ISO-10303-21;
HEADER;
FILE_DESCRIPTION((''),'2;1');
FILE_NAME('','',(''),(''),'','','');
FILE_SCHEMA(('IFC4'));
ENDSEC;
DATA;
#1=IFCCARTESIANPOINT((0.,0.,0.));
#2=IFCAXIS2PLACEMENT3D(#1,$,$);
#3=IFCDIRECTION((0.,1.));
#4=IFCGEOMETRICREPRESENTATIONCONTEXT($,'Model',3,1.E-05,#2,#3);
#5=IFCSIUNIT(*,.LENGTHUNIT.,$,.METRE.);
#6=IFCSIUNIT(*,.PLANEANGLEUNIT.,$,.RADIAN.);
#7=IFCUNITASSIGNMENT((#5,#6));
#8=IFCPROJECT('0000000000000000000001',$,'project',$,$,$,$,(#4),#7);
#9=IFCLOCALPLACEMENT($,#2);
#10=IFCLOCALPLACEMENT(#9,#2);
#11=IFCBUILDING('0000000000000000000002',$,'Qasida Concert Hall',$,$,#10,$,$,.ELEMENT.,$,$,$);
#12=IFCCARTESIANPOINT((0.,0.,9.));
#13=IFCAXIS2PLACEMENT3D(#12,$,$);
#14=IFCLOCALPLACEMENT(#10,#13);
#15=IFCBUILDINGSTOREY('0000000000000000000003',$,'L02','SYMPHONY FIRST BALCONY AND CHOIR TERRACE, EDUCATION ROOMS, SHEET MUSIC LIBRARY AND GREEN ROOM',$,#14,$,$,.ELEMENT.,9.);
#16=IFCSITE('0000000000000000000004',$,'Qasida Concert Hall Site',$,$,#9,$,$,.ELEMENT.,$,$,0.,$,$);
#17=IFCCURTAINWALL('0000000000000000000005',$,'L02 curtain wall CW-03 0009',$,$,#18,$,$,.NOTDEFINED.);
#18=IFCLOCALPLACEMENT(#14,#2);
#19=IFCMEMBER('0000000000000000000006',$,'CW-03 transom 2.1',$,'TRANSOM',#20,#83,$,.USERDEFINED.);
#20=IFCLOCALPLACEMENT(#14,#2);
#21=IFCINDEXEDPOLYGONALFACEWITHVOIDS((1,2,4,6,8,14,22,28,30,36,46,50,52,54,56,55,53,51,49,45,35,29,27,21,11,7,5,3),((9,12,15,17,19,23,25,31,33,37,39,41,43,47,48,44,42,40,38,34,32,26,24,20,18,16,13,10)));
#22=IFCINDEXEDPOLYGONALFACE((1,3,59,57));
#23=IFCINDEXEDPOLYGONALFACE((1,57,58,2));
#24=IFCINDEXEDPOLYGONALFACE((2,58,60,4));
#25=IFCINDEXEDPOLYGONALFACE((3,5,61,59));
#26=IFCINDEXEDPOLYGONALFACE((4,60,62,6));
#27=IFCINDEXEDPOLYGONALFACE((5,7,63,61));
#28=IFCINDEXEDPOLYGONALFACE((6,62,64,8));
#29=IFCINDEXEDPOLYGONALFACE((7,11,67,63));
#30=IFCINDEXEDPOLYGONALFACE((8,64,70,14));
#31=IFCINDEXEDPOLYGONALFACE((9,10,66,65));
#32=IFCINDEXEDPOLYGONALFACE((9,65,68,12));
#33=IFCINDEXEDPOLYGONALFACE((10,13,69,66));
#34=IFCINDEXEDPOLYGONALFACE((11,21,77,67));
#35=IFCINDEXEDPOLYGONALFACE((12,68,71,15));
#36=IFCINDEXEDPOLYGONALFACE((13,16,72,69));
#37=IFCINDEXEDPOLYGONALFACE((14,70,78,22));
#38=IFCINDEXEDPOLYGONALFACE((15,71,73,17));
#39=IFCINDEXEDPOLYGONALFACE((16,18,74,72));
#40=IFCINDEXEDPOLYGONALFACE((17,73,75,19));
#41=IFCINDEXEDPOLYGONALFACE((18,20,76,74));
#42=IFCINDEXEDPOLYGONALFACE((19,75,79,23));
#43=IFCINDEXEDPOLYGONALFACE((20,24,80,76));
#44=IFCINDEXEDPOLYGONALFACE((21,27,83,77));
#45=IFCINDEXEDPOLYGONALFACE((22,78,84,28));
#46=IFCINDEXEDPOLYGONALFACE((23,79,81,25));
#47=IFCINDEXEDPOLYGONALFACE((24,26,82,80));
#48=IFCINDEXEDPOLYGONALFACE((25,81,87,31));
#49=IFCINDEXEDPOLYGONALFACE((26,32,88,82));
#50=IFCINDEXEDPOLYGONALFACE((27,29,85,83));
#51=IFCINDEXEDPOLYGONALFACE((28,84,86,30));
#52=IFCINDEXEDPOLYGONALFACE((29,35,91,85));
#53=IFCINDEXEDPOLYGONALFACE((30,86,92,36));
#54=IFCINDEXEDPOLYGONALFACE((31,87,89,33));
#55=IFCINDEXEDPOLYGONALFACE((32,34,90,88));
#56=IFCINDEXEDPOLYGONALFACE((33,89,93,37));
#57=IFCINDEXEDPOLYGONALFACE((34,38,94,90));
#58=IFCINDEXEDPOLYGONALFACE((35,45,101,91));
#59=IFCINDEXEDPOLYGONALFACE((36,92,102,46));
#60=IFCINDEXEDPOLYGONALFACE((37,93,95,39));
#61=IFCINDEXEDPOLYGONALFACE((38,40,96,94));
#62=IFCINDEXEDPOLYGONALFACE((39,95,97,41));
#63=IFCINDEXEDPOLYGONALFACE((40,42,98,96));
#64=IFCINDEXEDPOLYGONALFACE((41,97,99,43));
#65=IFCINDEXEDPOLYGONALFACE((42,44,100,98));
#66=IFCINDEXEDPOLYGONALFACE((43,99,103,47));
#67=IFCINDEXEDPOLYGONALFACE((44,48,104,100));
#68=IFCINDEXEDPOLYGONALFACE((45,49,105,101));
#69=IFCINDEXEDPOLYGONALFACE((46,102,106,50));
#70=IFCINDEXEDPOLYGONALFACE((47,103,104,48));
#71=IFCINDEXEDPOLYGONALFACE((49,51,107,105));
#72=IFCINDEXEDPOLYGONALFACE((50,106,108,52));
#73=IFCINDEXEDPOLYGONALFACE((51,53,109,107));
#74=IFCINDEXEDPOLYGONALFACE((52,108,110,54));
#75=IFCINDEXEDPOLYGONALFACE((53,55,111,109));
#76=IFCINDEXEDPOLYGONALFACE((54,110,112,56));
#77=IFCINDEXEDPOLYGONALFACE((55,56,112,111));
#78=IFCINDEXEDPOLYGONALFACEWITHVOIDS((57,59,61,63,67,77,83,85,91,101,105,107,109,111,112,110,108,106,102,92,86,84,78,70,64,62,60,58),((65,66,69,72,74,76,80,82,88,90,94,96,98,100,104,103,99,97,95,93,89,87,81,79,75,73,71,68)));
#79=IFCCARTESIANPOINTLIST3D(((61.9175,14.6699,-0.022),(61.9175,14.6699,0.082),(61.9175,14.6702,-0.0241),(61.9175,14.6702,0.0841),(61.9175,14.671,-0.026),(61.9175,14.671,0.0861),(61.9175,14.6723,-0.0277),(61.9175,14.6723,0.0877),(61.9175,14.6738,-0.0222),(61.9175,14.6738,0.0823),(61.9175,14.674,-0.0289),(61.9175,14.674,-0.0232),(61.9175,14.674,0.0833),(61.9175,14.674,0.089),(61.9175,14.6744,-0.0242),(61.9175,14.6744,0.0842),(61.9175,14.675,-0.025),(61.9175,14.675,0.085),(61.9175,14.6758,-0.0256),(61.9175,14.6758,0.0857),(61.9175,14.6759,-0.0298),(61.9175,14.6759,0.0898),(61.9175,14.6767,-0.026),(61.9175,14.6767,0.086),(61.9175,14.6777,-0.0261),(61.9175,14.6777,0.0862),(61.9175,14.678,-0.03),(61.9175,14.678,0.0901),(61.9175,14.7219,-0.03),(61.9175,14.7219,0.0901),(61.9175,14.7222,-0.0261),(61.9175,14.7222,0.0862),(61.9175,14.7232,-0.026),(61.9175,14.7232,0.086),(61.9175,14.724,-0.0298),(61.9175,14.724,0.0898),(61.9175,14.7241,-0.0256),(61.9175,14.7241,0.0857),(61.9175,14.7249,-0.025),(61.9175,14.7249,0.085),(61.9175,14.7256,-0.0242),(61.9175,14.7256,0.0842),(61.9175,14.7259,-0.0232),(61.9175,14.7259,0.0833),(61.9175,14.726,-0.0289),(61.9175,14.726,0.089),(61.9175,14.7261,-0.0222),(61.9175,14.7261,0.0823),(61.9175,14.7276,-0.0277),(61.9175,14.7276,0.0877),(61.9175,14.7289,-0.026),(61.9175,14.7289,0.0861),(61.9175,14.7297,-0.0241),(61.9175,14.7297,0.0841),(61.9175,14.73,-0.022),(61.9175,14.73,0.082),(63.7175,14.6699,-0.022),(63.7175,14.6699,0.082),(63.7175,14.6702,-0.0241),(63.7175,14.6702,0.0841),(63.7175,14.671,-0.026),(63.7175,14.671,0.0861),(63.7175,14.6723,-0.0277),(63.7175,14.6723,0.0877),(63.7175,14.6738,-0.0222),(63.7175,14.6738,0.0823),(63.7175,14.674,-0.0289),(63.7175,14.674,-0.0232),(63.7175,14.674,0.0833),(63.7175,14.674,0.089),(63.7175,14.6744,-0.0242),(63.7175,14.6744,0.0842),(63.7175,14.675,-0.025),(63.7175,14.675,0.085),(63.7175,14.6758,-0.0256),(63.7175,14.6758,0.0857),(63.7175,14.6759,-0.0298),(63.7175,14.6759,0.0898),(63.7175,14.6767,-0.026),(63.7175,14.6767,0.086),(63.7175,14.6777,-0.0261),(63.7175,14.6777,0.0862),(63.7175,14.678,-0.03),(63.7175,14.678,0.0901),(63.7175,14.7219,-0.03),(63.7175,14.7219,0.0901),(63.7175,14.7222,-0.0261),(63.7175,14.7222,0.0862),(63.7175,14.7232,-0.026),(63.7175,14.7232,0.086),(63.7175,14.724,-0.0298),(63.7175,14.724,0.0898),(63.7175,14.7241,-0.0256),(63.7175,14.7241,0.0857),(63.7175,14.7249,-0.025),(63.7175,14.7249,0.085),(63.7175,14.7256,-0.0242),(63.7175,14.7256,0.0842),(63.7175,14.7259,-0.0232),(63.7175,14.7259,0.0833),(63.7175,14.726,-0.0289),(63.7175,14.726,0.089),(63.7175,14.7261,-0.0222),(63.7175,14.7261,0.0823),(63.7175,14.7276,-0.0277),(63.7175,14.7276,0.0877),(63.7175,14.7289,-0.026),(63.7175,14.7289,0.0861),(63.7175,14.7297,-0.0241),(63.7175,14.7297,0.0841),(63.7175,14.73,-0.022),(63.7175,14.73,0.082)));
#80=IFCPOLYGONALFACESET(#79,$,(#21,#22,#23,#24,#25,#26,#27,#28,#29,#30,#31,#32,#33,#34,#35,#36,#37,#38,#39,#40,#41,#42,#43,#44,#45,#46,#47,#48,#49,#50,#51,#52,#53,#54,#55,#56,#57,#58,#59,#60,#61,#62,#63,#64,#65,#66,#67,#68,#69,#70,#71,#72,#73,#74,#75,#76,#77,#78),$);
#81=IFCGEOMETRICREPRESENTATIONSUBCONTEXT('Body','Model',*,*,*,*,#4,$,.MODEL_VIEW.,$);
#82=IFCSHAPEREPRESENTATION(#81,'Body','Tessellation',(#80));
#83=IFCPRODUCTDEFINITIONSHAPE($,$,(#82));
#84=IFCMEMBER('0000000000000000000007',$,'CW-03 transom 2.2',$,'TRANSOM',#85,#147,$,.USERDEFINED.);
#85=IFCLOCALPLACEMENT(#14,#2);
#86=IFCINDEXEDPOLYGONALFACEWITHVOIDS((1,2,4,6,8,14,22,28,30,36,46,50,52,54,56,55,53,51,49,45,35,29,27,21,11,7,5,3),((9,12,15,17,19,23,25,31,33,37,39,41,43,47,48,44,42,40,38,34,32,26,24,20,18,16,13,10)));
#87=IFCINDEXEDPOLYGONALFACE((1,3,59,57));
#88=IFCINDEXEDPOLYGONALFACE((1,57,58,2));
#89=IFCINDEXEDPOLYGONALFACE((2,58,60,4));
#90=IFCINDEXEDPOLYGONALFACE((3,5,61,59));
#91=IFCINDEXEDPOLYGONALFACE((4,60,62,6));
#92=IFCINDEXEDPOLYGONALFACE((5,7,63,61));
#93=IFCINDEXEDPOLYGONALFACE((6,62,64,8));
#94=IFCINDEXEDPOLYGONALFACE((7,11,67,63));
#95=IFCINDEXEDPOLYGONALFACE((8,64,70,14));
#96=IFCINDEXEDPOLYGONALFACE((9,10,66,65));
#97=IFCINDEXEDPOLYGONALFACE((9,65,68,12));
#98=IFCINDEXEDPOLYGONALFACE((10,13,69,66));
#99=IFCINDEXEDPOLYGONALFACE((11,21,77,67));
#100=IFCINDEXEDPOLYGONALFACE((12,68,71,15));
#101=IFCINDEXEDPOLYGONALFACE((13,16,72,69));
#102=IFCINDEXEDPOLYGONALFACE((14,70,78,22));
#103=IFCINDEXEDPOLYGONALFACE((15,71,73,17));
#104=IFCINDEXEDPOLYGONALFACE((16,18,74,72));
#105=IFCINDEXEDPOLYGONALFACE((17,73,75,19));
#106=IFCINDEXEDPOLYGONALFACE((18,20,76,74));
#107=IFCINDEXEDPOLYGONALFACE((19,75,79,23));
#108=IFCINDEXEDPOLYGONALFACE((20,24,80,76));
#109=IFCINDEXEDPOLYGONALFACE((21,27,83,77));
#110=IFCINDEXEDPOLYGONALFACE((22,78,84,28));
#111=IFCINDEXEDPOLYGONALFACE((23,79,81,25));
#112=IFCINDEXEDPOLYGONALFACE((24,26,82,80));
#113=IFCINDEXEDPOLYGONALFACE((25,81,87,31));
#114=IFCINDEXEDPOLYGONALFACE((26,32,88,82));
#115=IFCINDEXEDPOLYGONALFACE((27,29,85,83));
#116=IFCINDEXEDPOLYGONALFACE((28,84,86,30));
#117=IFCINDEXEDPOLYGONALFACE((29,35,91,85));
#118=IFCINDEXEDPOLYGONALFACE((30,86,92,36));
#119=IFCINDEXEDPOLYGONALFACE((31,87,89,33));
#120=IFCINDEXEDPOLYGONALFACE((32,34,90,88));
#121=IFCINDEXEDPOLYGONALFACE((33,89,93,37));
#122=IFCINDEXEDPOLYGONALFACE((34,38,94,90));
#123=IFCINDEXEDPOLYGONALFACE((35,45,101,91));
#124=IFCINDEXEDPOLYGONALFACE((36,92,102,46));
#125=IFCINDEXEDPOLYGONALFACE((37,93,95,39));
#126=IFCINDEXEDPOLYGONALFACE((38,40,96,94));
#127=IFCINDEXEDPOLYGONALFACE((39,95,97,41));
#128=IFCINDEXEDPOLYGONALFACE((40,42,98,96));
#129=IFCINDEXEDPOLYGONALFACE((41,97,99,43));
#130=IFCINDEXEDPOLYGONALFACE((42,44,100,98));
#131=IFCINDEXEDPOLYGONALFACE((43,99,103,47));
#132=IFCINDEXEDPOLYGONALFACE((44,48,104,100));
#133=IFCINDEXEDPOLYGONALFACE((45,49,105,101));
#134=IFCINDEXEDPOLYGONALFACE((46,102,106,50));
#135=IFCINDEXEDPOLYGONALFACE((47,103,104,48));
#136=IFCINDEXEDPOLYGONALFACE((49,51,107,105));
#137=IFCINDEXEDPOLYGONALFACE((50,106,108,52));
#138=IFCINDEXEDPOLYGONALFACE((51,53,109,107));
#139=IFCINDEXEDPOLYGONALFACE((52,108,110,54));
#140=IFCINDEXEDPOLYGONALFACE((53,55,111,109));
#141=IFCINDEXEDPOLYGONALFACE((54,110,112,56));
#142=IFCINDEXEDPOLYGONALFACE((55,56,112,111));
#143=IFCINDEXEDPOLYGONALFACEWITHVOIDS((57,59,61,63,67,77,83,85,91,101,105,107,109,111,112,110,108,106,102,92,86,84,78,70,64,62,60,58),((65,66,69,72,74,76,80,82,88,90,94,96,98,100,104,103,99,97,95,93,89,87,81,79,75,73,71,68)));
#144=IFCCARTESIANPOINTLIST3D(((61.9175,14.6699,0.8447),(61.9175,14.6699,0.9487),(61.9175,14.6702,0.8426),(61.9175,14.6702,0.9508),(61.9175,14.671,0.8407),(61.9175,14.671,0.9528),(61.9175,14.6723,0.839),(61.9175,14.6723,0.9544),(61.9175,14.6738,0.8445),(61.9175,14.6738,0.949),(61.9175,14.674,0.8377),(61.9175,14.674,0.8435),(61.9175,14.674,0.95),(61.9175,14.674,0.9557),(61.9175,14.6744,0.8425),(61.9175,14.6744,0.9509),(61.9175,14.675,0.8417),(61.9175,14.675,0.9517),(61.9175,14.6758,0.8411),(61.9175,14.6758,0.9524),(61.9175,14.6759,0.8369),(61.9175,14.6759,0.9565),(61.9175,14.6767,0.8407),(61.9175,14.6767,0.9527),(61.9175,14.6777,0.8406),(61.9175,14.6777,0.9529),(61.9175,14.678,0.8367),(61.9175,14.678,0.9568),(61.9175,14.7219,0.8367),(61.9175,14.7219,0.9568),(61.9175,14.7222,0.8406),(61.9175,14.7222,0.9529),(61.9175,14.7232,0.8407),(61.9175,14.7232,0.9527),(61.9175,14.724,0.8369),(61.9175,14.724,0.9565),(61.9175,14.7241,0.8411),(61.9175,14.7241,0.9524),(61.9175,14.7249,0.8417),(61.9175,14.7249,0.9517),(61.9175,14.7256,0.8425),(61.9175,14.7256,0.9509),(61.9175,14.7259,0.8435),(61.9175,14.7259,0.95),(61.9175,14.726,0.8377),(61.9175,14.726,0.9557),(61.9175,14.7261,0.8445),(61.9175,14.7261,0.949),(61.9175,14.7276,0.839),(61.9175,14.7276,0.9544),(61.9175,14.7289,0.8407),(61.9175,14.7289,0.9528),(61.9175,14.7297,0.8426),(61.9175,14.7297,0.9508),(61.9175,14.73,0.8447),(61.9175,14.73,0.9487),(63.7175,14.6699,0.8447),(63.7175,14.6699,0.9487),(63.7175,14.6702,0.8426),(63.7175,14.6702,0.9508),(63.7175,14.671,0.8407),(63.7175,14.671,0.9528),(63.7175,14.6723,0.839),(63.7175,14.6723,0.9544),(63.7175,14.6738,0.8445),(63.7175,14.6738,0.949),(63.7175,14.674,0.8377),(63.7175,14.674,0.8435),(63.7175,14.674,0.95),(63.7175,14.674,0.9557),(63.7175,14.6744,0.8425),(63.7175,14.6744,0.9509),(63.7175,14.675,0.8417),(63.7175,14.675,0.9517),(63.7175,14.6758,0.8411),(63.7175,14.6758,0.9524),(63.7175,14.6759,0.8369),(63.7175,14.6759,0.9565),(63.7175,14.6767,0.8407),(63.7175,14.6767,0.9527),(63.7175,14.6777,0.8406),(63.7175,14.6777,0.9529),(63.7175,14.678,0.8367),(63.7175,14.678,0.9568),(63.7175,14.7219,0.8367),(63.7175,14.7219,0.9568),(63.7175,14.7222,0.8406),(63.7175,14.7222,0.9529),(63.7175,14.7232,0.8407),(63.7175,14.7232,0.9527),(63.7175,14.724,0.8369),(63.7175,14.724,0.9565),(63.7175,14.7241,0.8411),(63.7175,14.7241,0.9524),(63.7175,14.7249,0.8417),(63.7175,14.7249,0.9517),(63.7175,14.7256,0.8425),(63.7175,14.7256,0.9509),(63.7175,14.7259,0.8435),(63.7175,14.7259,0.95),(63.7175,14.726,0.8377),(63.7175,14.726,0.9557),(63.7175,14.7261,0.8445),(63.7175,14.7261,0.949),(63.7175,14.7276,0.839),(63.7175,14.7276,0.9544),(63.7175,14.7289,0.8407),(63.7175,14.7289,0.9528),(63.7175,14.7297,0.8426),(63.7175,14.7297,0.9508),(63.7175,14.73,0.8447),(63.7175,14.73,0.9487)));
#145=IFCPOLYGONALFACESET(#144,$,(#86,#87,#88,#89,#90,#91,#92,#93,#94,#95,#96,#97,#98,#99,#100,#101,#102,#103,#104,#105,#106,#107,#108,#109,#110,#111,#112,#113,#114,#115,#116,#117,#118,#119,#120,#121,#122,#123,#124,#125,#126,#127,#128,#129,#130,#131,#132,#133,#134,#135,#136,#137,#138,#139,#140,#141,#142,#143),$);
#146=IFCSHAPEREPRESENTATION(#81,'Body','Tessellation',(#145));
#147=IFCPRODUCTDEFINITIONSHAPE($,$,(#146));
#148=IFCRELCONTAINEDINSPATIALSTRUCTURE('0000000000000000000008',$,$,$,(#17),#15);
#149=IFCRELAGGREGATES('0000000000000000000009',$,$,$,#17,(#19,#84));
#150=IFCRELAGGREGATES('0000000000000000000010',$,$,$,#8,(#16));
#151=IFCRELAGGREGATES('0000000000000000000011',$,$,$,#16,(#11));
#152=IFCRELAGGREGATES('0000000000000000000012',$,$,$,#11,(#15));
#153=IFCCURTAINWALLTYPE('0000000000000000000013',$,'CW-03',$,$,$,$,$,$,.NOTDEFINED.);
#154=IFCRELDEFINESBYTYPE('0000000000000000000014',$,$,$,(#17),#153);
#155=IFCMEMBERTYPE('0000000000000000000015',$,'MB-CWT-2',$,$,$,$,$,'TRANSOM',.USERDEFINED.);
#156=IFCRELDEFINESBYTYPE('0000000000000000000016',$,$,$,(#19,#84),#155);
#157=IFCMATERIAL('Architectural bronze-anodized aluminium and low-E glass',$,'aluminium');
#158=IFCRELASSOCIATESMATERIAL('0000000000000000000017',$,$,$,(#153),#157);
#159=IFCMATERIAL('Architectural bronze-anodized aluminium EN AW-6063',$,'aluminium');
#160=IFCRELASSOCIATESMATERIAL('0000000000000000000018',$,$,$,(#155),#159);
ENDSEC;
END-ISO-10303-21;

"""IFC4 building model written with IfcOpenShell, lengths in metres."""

from ifc_helpers import new_model, si_unit, direction, frame, origin, origin_2d, place, context, subcontext, project, spatial, hollow_rectangle, extrude, material, material_profile, profile_set, type_object, element, aggregate, save


model = new_model("IFC4")

# Units and contexts
model_context = context("Model", 3, precision=1e-05, world=origin(), true_north=direction((0.0, 1.0)))
body_context = subcontext(model_context, "Body", "Model", "MODEL_VIEW")
ifc_project = project(units=[si_unit("LENGTHUNIT", "METRE"), si_unit("PLANEANGLEUNIT", "RADIAN")], contexts=[model_context])

# Site, building, storey
site_placement = place(None, origin())
site = spatial("IfcSite", under=ifc_project, at=site_placement, Name="Qasida Concert Hall Site", CompositionType="ELEMENT", RefElevation=0.0)
building_placement = place(site_placement, origin())
building = spatial("IfcBuilding", under=site, at=building_placement, Name="Qasida Concert Hall", CompositionType="ELEMENT")
storey_placement = place(building_placement, frame((0.0, 0.0, 9.0)))
storey = spatial("IfcBuildingStorey", under=building, at=storey_placement, Name="L02", Description="SYMPHONY FIRST BALCONY AND CHOIR TERRACE, EDUCATION ROOMS, SHEET MUSIC LIBRARY AND GREEN ROOM", CompositionType="ELEMENT", Elevation=9.0)

# Curtain wall, members
ifc_material_1 = material(Name="Architectural bronze-anodized aluminium and low-E glass", Category="aluminium")
curtain_wall_type = type_object("IfcCurtainWallType", Name="CW-03", PredefinedType="NOTDEFINED", material=ifc_material_1)
curtain_wall_placement = place(storey_placement, origin())
curtain_wall = element("IfcCurtainWall", 1, at=curtain_wall_placement, inside=storey, type_object=curtain_wall_type, Name="L02 curtain wall CW-03 0009", PredefinedType="NOTDEFINED")
ifc_material_2 = material(Name="Architectural bronze-anodized aluminium EN AW-6063", Category="aluminium")
ifc_material_profile_1 = material_profile(ifc_material_2, hollow_rectangle(XDim=0.0601, YDim=0.1201, WallThickness=0.0039, InnerFilletRadius=0.0039, OuterFilletRadius=0.0081, at=origin_2d()), Name="CWT 120x60x4")
ifc_profile_set_1 = profile_set([ifc_material_profile_1], Name="Architectural bronze-anodized aluminium EN AW-6063")
member_type_1 = type_object("IfcMemberType", Name="MB-CWT-2", ElementType="TRANSOM", PredefinedType="USERDEFINED", material=ifc_profile_set_1)
member_1_placement = place(storey_placement, frame((61.9175, 14.7, 0.03), z_axis=(1.0, 0.0, 0.0), x_axis=(0.0, 1.0, 0.0)))
member_1 = element("IfcMember", 2, at=member_1_placement, type_object=member_type_1, Name="CW-03 transom 2.1", ObjectType="TRANSOM", PredefinedType="USERDEFINED", context=body_context, shape_type="SweptSolid", body=[
    extrude(hollow_rectangle(XDim=0.0601, YDim=0.1201, WallThickness=0.0039, InnerFilletRadius=0.0039, OuterFilletRadius=0.0081, at=origin_2d()), origin(), (0.0, 0.0, 1.0), 1.8),
])
member_2_placement = place(storey_placement, frame((61.9175, 14.7, 0.8967), z_axis=(1.0, 0.0, 0.0), x_axis=(0.0, 1.0, 0.0)))
member_2 = element("IfcMember", 3, at=member_2_placement, type_object=member_type_1, Name="CW-03 transom 2.2", ObjectType="TRANSOM", PredefinedType="USERDEFINED", context=body_context, shape_type="SweptSolid", body=[
    extrude(hollow_rectangle(XDim=0.0601, YDim=0.1201, WallThickness=0.0039, InnerFilletRadius=0.0039, OuterFilletRadius=0.0081, at=origin_2d()), origin(), (0.0, 0.0, 1.0), 1.8),
])
aggregate(curtain_wall, [member_1, member_2])

save(model, "model.ifc")
